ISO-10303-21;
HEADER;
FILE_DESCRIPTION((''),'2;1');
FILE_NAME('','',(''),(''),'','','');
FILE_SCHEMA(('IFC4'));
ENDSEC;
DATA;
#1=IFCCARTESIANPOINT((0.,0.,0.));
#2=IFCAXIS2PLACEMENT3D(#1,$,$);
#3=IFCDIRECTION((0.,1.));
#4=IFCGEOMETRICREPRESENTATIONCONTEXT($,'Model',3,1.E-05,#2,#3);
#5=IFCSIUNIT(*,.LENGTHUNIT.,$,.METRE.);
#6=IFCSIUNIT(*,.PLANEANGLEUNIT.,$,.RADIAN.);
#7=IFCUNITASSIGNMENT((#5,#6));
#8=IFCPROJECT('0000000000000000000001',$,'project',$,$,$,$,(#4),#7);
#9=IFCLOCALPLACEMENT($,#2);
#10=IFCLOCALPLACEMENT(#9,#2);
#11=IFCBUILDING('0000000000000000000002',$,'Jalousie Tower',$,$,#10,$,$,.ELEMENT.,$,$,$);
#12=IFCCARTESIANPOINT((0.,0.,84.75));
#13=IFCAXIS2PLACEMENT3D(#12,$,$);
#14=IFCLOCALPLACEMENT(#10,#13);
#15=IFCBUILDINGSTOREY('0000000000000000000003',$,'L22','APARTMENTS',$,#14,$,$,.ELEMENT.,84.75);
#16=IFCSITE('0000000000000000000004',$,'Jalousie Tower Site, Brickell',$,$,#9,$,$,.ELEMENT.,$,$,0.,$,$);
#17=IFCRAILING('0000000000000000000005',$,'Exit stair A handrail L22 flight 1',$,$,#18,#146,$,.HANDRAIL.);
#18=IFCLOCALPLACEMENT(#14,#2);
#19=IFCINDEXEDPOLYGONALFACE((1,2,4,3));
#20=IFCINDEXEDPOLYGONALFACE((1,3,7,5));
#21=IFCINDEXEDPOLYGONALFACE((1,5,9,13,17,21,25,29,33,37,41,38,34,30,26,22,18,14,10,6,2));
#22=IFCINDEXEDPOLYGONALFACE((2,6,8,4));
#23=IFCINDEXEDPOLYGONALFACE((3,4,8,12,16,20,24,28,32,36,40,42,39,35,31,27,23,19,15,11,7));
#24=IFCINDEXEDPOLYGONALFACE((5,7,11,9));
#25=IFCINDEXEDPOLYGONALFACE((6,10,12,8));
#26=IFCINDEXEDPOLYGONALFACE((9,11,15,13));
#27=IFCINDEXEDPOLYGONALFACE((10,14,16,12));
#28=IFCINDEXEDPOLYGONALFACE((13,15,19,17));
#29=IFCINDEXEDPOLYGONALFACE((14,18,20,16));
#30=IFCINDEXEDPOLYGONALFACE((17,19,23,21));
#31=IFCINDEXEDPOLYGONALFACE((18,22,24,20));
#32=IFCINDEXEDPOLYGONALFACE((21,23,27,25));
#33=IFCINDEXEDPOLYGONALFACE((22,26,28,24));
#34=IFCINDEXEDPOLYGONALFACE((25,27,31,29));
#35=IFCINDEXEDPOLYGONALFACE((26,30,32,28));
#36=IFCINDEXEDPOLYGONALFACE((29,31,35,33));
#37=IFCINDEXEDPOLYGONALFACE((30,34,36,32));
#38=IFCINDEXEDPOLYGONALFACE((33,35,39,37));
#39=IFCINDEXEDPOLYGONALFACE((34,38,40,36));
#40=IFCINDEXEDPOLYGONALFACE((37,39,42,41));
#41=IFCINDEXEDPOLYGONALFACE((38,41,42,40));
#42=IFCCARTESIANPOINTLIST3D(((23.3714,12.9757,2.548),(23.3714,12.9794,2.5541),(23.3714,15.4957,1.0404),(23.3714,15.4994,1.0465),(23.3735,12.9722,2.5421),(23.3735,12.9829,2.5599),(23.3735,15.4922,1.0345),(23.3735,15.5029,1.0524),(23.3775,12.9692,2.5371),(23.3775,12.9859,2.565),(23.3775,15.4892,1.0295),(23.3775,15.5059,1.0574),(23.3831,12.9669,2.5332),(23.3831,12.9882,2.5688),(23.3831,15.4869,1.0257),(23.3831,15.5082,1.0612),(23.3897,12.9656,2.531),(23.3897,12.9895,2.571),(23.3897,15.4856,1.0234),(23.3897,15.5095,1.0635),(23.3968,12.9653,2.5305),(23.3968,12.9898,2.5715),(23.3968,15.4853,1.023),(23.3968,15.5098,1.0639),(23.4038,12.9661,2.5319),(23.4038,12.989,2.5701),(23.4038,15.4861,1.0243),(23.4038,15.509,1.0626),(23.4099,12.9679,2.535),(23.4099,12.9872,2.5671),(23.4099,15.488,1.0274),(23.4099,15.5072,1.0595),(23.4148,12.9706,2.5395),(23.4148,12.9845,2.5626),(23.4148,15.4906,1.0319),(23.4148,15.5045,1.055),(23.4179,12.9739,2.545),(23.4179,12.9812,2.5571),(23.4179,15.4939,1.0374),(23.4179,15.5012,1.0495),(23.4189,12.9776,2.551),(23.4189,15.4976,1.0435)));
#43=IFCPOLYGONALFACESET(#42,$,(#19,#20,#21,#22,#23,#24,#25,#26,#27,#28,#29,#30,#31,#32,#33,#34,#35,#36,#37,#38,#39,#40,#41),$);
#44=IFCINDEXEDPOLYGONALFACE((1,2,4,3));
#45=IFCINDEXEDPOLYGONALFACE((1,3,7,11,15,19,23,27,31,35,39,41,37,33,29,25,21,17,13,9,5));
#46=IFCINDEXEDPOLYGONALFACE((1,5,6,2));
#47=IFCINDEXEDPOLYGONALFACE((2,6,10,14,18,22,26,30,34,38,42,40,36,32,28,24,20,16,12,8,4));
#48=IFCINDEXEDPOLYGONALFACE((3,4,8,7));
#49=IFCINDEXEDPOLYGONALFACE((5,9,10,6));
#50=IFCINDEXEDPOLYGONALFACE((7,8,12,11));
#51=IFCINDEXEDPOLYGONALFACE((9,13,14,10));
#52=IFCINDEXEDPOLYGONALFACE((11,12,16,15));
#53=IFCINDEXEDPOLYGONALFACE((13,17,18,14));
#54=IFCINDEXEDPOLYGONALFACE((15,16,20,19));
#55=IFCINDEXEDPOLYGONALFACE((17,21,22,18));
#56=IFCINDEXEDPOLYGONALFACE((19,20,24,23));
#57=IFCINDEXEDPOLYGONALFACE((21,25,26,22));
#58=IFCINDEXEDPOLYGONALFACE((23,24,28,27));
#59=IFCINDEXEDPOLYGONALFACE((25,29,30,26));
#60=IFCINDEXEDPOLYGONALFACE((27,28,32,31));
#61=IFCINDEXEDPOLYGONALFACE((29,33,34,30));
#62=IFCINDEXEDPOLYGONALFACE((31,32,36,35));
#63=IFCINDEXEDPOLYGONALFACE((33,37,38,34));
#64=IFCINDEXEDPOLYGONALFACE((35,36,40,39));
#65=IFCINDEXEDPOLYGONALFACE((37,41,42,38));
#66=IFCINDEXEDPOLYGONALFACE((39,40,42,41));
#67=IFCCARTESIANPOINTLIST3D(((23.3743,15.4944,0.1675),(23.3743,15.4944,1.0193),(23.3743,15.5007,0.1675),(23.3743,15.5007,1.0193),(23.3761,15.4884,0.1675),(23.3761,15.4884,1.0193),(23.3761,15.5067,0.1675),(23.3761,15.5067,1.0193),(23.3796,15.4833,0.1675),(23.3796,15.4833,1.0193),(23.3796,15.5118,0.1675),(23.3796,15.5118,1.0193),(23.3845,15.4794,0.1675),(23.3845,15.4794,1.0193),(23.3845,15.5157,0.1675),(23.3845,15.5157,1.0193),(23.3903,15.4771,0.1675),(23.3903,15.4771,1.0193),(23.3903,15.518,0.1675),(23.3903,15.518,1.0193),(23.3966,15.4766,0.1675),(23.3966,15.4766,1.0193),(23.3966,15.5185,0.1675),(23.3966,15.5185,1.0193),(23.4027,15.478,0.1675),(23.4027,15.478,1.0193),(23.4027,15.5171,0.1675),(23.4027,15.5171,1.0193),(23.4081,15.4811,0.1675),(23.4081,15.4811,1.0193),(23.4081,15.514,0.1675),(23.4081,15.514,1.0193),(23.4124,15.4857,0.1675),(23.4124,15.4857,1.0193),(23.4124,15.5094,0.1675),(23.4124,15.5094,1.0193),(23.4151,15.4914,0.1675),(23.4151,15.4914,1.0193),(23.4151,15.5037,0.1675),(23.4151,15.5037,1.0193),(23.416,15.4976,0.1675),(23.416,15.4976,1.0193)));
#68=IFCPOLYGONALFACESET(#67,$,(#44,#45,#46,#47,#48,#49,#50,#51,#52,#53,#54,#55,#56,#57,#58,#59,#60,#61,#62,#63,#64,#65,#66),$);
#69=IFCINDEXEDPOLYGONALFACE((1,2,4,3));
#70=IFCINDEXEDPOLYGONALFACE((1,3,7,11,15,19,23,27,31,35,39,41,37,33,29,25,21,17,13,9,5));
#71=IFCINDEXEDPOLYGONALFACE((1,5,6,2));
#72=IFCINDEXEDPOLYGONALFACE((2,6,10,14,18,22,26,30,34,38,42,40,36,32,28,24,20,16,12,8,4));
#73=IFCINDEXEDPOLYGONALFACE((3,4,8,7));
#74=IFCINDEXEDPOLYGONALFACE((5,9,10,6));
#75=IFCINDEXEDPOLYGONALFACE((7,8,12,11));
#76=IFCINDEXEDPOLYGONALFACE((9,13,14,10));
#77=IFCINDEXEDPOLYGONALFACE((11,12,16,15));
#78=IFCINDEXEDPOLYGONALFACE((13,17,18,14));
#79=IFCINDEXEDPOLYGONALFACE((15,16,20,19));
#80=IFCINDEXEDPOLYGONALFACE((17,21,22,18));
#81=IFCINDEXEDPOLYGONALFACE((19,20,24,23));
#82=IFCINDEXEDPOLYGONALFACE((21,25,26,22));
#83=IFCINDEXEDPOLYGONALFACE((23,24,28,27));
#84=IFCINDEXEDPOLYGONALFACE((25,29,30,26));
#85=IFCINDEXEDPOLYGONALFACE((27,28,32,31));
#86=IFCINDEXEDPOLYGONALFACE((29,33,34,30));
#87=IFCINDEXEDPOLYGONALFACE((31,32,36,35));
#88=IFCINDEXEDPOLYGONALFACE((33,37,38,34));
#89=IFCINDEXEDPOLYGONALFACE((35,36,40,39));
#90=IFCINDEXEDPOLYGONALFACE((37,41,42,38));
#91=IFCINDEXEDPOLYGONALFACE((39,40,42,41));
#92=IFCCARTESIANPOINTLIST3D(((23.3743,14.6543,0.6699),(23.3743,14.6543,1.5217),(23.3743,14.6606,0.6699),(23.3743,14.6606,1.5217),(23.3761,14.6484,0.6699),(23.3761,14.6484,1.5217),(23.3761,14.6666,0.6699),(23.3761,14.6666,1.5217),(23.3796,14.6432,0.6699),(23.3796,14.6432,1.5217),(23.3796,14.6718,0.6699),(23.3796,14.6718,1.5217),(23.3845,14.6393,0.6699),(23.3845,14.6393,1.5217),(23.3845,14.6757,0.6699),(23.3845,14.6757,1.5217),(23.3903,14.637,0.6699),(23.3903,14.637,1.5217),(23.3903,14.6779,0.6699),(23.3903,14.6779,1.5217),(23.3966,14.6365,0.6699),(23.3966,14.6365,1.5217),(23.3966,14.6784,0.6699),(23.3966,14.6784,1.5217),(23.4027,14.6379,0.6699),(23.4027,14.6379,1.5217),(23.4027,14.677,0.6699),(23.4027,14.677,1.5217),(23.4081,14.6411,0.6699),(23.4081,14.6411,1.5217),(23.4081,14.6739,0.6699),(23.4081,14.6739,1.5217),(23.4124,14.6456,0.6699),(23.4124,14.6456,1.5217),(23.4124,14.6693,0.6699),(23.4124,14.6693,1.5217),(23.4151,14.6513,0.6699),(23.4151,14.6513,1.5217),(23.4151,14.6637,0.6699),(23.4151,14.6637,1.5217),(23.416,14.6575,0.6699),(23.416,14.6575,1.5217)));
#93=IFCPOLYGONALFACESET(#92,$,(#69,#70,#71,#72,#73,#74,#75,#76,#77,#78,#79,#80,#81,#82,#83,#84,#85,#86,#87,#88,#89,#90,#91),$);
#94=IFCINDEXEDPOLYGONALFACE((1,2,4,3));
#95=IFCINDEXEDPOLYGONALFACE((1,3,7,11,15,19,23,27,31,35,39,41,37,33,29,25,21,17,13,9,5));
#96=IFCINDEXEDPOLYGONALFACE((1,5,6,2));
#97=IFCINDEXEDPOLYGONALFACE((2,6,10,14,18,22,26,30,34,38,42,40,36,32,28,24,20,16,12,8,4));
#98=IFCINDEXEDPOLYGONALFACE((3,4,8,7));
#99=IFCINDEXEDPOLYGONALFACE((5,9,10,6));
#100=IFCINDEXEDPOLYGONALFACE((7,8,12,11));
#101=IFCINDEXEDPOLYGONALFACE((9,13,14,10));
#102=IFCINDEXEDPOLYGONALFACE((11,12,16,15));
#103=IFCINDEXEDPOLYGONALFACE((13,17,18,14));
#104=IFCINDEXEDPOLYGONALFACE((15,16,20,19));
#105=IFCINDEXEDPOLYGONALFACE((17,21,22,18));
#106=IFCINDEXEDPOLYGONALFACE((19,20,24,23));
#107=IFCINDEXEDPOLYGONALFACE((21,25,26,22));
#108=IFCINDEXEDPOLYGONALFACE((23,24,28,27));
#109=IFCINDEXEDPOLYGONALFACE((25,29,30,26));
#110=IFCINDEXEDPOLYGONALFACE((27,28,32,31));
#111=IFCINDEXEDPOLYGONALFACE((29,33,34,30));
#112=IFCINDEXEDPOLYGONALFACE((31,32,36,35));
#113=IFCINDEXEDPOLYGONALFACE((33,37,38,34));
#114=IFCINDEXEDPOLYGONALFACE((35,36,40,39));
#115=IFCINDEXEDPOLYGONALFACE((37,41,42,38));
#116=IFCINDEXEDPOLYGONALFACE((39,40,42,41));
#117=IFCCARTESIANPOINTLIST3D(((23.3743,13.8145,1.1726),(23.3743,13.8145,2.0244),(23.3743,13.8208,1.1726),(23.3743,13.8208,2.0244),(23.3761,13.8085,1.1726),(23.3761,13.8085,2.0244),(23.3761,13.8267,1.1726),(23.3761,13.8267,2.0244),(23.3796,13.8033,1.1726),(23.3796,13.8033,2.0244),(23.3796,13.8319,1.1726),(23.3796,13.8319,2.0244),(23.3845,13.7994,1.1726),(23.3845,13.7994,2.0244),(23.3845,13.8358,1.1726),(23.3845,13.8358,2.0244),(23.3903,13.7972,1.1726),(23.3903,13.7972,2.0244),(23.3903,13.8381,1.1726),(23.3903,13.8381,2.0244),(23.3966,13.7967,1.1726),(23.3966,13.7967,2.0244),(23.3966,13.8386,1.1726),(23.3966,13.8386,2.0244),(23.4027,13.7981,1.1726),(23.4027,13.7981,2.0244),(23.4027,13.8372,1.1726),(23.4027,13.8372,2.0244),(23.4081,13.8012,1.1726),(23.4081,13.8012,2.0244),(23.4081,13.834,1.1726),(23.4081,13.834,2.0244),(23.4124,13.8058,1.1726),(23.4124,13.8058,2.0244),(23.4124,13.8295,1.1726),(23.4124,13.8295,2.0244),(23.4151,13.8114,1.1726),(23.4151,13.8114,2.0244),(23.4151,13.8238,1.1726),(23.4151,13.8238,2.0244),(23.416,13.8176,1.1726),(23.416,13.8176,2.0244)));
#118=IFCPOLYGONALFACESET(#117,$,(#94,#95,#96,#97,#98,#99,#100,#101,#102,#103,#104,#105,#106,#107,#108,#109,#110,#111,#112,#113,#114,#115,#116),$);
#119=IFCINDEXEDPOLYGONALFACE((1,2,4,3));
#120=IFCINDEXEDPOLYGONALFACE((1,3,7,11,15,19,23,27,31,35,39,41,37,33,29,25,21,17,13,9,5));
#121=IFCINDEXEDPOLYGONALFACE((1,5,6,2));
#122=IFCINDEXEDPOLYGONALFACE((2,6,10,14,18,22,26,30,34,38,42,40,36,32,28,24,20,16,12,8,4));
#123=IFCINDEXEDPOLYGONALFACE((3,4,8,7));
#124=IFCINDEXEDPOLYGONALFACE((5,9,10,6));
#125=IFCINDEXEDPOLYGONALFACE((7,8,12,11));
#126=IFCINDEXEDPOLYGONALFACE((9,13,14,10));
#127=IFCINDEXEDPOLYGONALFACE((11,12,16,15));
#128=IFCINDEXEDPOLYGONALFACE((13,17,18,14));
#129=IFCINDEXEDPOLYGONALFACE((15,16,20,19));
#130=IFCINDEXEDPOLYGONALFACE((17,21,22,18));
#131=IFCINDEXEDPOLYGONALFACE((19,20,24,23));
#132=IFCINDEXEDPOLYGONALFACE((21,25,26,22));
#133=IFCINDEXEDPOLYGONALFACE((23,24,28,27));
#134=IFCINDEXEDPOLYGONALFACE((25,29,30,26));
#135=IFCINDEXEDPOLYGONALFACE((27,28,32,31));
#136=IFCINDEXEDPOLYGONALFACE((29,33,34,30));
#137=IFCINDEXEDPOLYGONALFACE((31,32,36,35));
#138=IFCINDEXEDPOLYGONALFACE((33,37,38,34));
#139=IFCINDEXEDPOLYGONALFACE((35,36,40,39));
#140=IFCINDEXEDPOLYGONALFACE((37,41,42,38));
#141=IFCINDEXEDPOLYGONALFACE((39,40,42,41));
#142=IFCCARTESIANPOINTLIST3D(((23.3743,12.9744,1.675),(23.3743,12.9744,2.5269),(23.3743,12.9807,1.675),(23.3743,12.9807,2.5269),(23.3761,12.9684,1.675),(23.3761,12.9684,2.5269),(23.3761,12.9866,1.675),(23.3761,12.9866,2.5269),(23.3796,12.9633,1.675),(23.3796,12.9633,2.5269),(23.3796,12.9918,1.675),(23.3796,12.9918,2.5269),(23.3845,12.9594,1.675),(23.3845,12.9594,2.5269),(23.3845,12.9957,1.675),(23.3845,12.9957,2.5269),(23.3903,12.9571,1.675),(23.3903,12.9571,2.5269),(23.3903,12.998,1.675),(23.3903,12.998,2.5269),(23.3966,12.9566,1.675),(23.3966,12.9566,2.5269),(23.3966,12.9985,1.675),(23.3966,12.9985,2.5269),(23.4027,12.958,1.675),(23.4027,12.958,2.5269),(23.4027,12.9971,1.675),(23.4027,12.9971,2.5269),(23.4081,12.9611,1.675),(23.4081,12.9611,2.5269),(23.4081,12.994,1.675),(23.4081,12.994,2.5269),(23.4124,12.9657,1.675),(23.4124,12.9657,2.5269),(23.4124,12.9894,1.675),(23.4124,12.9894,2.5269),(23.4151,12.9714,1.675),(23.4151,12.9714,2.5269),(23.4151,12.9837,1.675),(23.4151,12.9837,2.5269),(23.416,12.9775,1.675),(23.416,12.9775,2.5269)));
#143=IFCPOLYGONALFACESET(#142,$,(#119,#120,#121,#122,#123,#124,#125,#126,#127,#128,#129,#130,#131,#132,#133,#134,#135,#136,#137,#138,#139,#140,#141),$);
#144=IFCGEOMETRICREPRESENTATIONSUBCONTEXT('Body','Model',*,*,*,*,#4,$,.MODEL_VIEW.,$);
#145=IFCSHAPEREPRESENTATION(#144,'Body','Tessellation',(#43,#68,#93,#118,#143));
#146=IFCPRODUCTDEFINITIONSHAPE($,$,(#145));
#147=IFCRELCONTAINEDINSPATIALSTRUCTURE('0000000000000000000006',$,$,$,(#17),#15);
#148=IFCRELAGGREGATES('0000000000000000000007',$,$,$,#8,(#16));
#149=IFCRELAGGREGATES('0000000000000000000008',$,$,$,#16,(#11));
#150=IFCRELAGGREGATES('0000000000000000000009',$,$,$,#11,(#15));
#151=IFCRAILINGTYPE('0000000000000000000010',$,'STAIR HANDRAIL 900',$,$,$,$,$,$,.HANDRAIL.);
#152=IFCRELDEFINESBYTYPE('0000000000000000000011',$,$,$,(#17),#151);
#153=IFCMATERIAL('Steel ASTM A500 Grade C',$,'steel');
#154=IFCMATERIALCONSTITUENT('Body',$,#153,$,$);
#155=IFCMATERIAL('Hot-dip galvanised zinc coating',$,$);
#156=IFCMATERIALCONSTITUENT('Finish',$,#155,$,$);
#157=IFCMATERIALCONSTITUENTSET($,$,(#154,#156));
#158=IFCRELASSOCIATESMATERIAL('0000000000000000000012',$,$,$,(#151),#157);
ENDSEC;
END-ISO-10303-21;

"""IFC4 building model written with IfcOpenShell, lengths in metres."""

from ifc_helpers import new_model, si_unit, direction, frame, origin, origin_2d, place, context, subcontext, project, spatial, circle, extrude, material, constituent, constituent_set, type_object, element, save


model = new_model("IFC4")

# Units and contexts
model_context = context("Model", 3, precision=1e-05, world=origin(), true_north=direction((0.0, 1.0)))
body_context = subcontext(model_context, "Body", "Model", "MODEL_VIEW")
ifc_project = project(units=[si_unit("LENGTHUNIT", "METRE"), si_unit("PLANEANGLEUNIT", "RADIAN")], contexts=[model_context])

# Site, building, storey
site_placement = place(None, origin())
site = spatial("IfcSite", under=ifc_project, at=site_placement, Name="Jalousie Tower Site, Brickell", CompositionType="ELEMENT", RefElevation=0.0)
building_placement = place(site_placement, origin())
building = spatial("IfcBuilding", under=site, at=building_placement, Name="Jalousie Tower", CompositionType="ELEMENT")
storey_placement = place(building_placement, frame((0.0, 0.0, 84.75)))
storey = spatial("IfcBuildingStorey", under=building, at=storey_placement, Name="L22", Description="APARTMENTS", CompositionType="ELEMENT", Elevation=84.75)

# Railing
ifc_material_1 = material(Name="Steel ASTM A500 Grade C", Category="steel")
ifc_constituent_1 = constituent(ifc_material_1, Name="Body")
ifc_material_2 = material(Name="Hot-dip galvanised zinc coating")
ifc_constituent_2 = constituent(ifc_material_2, Name="Finish")
ifc_constituent_set_1 = constituent_set(constituents=[ifc_constituent_1, ifc_constituent_2])
railing_type_1 = type_object("IfcRailingType", Name="STAIR HANDRAIL 900", PredefinedType="HANDRAIL", material=ifc_constituent_set_1)
railing_1_placement = place(storey_placement, frame((23.395, 15.4976, 0.1675)))
element("IfcRailing", 1, at=railing_1_placement, inside=storey, type_object=railing_type_1, Name="Exit stair A handrail L22 flight 1", PredefinedType="HANDRAIL", context=body_context, shape_type="SweptSolid", body=[
    extrude(circle(Radius=0.0239, at=origin_2d()), frame((0.0, 0.0, 0.876), z_axis=(0.0, -0.85816, 0.513383), x_axis=(1.0, 0.0, 0.0)), (0.0, 0.0, 1.0), 2.9365),
    extrude(circle(Radius=0.021, at=origin_2d()), origin(), (0.0, 0.0, 1.0), 0.8518),
    extrude(circle(Radius=0.021, at=origin_2d()), frame((0.0, -0.8401, 0.5024)), (0.0, 0.0, 1.0), 0.8518),
    extrude(circle(Radius=0.021, at=origin_2d()), frame((0.0, -1.6799, 1.0051)), (0.0, 0.0, 1.0), 0.8518),
    extrude(circle(Radius=0.021, at=origin_2d()), frame((0.0, -2.52, 1.5076)), (0.0, 0.0, 1.0), 0.8518),
])

save(model, "model.ifc")
